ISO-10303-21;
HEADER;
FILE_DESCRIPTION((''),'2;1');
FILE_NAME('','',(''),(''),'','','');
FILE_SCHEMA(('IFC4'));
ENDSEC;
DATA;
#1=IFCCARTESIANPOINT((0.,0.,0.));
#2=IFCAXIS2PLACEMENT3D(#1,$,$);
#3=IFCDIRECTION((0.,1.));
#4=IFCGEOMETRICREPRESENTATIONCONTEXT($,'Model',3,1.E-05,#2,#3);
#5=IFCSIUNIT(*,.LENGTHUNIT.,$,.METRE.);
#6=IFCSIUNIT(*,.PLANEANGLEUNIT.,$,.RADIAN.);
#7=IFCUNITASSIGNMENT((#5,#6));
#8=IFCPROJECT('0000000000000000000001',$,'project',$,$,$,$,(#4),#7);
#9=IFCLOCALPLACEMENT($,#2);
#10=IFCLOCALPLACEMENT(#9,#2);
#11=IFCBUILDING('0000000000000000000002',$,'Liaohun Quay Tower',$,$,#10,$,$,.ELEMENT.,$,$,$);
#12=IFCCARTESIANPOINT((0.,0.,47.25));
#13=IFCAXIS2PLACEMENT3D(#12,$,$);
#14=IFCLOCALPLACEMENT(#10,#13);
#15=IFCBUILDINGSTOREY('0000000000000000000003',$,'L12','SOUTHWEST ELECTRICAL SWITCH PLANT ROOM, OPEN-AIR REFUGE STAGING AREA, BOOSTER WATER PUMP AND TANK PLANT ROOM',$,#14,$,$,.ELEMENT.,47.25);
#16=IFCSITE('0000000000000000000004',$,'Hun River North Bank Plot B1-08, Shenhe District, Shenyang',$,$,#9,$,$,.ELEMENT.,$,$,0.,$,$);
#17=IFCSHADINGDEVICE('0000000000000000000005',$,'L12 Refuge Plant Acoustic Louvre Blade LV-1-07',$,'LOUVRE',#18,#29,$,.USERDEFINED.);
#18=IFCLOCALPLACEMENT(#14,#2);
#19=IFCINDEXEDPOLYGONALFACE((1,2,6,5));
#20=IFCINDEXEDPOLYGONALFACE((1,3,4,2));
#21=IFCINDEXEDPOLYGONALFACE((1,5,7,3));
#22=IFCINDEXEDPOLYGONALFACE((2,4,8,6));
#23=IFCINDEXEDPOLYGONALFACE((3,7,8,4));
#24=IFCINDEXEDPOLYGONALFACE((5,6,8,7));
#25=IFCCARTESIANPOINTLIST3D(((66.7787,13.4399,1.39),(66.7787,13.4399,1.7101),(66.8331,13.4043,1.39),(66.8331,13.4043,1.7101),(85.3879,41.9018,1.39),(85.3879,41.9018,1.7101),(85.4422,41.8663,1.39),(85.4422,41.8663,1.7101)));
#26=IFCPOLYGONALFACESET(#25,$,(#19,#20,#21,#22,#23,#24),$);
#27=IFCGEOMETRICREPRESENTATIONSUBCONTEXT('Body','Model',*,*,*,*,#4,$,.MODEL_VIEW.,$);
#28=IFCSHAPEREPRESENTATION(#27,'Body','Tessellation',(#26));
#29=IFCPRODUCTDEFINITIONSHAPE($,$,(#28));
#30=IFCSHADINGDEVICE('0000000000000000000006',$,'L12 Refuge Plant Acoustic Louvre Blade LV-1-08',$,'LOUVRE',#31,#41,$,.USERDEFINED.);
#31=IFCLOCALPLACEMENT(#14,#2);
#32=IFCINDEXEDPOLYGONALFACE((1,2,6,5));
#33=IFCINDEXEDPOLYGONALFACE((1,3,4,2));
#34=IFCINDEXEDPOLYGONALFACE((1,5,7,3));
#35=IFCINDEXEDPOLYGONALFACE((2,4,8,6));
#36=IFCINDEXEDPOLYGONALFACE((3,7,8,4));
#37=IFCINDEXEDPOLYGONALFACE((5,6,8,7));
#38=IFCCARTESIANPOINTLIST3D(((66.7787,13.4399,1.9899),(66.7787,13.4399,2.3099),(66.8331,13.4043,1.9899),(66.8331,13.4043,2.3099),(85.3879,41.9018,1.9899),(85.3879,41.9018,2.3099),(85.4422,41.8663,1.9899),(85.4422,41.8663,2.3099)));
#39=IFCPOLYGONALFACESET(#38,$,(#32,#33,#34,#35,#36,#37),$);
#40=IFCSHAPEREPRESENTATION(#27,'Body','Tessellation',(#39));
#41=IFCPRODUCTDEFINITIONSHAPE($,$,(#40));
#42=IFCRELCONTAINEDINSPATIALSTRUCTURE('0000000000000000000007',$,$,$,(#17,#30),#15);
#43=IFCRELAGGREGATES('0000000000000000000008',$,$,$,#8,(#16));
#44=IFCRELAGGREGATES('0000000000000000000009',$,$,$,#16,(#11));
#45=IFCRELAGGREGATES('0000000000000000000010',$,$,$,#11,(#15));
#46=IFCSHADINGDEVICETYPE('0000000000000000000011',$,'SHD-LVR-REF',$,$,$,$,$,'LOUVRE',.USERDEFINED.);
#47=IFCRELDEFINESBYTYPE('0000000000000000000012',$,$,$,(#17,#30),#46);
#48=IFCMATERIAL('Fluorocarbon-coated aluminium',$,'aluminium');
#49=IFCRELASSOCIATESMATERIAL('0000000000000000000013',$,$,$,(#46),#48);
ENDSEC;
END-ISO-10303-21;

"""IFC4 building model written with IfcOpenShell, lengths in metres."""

from ifc_helpers import new_model, si_unit, direction, frame, origin, origin_2d, place, context, subcontext, project, spatial, rectangle, extrude, source, transform, mapped, material, material_profile, profile_set, type_object, element, save


model = new_model("IFC4")

# Units and contexts
model_context = context("Model", 3, precision=1e-05, world=origin(), true_north=direction((0.0, 1.0)))
body_context = subcontext(model_context, "Body", "Model", "MODEL_VIEW")
ifc_project = project(units=[si_unit("LENGTHUNIT", "METRE"), si_unit("PLANEANGLEUNIT", "RADIAN")], contexts=[model_context])

# Site, building, storey
site_placement = place(None, origin())
site = spatial("IfcSite", under=ifc_project, at=site_placement, Name="Hun River North Bank Plot B1-08, Shenhe District, Shenyang", CompositionType="ELEMENT", RefElevation=0.0)
building_placement = place(site_placement, origin())
building = spatial("IfcBuilding", under=site, at=building_placement, Name="Liaohun Quay Tower", CompositionType="ELEMENT")
storey_placement = place(building_placement, frame((0.0, 0.0, 47.25)))
storey = spatial("IfcBuildingStorey", under=building, at=storey_placement, Name="L12", Description="SOUTHWEST ELECTRICAL SWITCH PLANT ROOM, OPEN-AIR REFUGE STAGING AREA, BOOSTER WATER PUMP AND TANK PLANT ROOM", CompositionType="ELEMENT", Elevation=47.25)

# Shading devices
ifc_material_1 = material(Name="Fluorocarbon-coated aluminium", Category="aluminium")
ifc_material_profile_1 = material_profile(ifc_material_1, rectangle(XDim=0.0649, YDim=0.3201, at=origin_2d()), Name="ALU-LVR-320x65")
ifc_profile_set_1 = profile_set([ifc_material_profile_1], Name="Fluorocarbon-coated aluminium")
shading_device_type = type_object("IfcShadingDeviceType", Name="SHD-LVR-REF", ElementType="LOUVRE", PredefinedType="USERDEFINED", material=ifc_profile_set_1)
shared_shape_1 = source(origin(), body_context, "Body", "SweptSolid", [
    extrude(rectangle(XDim=0.0649, YDim=0.3201, at=origin_2d()), origin(), (0.0, 0.0, 1.0), 34.0056),
])
for number, where, z_axis, x_axis, name in (
    (1, (85.415, 41.884, 1.55), (-0.547237, -0.836977, 0.0), (0.836977, -0.547237, 0.0), "L12 Refuge Plant Acoustic Louvre Blade LV-1-07"),
    (2, (85.415, 41.884, 2.1499), (-0.547237, -0.836977, 0.0), (0.836977, -0.547237, 0.0), "L12 Refuge Plant Acoustic Louvre Blade LV-1-08"),
):
    element("IfcShadingDevice", number, at=place(storey_placement, frame(where, z_axis=z_axis, x_axis=x_axis)), inside=storey, type_object=shading_device_type, Name=name, ObjectType="LOUVRE", PredefinedType="USERDEFINED", context=body_context, shape_type="MappedRepresentation", body=[
        mapped(shared_shape_1, transform((0.0, 0.0, 0.0), x_axis=(1.0, 0.0, 0.0), y_axis=(0.0, 1.0, 0.0), z_axis=(0.0, 0.0, 1.0), scale=1.0)),
    ])

save(model, "model.ifc")
